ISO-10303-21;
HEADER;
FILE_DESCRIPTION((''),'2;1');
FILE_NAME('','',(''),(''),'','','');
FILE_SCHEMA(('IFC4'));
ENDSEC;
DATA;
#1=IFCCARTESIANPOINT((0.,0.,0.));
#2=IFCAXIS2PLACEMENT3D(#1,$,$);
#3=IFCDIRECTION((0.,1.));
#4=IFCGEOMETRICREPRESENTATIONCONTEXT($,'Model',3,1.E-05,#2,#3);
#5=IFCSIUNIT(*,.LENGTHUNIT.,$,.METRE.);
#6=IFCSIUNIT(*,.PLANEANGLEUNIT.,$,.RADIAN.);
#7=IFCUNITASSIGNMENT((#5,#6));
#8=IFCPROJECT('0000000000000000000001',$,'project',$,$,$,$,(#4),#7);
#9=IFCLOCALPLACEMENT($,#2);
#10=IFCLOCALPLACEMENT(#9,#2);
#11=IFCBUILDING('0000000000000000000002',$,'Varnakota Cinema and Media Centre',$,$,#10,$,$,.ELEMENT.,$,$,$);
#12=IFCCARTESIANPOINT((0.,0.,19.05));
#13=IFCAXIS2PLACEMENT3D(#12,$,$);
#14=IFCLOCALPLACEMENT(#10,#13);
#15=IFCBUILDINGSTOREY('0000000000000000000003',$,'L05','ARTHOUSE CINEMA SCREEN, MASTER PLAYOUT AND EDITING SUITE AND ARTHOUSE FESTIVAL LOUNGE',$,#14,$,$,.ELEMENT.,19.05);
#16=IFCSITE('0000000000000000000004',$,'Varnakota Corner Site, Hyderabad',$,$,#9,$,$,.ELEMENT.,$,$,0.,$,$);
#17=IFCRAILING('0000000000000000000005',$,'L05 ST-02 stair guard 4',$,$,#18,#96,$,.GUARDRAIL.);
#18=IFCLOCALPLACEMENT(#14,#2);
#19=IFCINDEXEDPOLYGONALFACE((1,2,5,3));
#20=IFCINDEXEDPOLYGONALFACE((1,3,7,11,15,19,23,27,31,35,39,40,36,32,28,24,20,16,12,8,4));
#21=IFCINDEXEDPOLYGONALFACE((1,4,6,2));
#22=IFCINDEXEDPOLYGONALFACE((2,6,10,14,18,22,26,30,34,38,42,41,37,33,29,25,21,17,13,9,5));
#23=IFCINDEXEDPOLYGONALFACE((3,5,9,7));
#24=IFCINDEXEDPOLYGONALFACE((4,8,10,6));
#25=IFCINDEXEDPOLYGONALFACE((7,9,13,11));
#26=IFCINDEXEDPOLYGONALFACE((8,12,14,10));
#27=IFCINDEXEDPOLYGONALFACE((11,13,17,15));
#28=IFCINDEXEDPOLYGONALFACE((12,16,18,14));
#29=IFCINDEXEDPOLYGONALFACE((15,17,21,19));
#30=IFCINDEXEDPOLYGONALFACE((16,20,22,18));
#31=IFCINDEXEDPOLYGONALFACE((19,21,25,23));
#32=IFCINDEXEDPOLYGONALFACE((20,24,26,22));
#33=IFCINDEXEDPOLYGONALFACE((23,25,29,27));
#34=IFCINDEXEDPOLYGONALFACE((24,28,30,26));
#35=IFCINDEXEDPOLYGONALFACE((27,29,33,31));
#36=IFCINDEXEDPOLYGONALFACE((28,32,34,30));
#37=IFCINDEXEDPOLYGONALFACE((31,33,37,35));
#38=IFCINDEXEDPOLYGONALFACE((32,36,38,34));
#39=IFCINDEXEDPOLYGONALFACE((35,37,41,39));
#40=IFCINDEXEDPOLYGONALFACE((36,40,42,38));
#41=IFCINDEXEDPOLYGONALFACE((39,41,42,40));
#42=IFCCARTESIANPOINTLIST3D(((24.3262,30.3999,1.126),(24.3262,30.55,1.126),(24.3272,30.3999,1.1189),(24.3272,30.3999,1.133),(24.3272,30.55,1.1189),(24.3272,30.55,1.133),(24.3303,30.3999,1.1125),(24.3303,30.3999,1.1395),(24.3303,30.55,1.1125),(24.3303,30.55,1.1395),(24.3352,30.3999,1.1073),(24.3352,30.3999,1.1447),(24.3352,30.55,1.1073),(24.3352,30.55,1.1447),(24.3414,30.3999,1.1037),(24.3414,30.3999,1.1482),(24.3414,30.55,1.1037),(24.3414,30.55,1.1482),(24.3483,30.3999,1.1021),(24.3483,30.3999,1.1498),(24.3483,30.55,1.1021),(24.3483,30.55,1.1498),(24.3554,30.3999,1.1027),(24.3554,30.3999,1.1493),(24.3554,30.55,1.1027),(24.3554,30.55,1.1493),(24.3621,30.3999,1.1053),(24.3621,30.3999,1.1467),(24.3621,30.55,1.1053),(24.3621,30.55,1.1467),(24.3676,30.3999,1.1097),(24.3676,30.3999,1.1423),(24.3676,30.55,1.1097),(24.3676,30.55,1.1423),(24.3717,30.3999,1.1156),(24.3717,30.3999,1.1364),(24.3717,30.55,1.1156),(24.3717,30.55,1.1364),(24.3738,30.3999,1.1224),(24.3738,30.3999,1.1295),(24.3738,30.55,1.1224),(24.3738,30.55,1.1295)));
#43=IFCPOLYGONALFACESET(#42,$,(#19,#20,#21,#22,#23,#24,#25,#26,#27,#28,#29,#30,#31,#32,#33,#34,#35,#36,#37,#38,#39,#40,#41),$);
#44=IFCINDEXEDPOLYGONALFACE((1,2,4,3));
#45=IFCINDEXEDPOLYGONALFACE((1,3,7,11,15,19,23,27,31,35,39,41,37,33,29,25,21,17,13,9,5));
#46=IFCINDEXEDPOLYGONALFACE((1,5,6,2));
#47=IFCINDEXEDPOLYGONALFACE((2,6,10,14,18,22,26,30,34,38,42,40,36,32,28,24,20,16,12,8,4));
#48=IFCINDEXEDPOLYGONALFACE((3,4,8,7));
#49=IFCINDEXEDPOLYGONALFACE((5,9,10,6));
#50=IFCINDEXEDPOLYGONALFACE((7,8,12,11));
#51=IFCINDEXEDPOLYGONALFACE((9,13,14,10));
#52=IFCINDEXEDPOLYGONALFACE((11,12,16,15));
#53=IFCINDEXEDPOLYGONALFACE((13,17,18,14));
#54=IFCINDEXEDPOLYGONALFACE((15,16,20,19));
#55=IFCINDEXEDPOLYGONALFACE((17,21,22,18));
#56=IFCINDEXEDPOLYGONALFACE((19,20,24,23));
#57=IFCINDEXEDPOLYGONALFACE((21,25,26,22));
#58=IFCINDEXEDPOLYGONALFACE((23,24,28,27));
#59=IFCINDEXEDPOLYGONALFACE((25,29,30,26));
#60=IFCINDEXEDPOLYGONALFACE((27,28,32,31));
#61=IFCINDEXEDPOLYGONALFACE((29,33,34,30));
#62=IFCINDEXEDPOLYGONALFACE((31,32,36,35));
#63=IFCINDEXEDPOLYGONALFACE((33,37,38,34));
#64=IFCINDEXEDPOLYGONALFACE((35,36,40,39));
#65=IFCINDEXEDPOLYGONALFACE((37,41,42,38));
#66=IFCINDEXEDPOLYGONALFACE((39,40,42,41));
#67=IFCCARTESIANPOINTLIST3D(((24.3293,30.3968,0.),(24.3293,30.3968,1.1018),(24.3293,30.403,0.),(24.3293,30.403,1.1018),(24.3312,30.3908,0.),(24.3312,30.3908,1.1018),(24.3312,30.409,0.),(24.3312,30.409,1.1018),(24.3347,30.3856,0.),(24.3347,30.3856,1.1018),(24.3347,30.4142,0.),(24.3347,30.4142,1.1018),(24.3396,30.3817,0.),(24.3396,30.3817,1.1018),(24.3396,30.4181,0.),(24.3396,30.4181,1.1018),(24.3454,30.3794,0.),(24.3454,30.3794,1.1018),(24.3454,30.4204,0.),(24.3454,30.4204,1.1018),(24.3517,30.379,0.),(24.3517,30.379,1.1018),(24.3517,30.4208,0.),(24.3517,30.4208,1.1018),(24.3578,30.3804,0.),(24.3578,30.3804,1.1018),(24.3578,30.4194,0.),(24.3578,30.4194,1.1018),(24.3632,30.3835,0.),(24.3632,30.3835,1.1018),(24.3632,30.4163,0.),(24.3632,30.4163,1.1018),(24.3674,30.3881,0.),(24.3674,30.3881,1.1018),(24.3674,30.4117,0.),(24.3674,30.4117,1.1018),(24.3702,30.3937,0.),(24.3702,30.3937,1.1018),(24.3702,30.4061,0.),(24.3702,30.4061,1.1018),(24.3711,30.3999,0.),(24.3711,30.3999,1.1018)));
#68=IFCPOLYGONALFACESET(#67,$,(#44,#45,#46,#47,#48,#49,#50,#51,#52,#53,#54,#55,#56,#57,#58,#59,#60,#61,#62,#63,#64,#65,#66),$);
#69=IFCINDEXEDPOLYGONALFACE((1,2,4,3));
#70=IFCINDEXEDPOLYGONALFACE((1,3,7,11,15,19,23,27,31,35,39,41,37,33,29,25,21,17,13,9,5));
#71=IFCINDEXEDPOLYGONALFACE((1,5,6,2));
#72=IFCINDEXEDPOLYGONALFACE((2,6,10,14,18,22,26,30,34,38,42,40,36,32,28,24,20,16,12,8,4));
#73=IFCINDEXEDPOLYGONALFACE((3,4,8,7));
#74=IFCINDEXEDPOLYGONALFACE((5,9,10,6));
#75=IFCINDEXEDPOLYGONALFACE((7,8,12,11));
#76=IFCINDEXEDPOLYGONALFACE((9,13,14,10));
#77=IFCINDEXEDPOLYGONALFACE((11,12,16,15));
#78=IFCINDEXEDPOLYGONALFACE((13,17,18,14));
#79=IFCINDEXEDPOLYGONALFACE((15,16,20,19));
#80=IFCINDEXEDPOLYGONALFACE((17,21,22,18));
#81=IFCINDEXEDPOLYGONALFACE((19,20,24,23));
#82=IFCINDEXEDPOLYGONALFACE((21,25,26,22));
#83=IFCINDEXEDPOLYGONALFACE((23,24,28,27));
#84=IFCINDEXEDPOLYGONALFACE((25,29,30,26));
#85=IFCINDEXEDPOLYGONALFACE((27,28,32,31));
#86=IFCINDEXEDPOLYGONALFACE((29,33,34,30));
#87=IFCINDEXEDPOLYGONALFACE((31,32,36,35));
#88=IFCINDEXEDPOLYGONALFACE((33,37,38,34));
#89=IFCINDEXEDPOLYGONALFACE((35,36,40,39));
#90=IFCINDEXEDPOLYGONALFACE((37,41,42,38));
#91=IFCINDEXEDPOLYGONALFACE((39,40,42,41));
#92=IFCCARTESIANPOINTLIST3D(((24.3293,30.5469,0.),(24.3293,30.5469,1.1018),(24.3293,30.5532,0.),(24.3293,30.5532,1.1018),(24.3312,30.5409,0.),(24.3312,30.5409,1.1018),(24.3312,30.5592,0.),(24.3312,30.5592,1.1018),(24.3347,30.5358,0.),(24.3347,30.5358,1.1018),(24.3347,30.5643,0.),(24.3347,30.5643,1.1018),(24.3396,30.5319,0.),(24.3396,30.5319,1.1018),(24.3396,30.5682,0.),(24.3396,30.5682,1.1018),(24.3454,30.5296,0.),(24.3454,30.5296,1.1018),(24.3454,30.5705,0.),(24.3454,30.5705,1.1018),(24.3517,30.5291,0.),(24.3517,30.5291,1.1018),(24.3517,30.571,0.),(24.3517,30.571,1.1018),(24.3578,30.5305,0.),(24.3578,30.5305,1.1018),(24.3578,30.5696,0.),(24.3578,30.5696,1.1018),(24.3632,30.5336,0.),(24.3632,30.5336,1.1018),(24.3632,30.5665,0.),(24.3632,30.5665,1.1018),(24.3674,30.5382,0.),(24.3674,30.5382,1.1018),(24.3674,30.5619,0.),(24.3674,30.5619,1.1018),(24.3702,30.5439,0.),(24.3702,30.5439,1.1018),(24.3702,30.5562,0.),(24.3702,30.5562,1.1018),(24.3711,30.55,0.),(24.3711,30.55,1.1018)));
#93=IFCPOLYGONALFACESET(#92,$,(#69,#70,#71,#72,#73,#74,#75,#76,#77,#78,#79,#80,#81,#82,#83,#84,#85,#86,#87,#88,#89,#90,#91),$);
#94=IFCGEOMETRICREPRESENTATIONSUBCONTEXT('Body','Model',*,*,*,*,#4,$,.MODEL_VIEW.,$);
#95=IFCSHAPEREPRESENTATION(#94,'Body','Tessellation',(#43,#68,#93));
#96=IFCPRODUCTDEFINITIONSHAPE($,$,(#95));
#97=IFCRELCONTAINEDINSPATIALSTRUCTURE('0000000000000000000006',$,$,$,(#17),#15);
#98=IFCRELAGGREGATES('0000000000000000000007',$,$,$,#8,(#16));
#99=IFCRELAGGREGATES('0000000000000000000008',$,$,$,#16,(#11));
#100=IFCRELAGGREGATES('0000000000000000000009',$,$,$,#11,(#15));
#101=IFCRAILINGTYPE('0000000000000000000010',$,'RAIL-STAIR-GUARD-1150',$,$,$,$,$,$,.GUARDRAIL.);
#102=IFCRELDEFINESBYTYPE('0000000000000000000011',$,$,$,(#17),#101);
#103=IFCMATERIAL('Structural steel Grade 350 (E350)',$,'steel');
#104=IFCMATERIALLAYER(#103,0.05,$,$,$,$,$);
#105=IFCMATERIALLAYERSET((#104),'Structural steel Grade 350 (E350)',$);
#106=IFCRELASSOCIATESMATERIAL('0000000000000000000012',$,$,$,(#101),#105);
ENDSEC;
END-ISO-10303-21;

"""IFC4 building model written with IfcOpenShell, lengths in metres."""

from ifc_helpers import new_model, si_unit, direction, frame, origin, origin_2d, place, context, subcontext, project, spatial, circle, extrude, material, layer, layer_set, type_object, element, save


model = new_model("IFC4")

# Units and contexts
model_context = context("Model", 3, precision=1e-05, world=origin(), true_north=direction((0.0, 1.0)))
body_context = subcontext(model_context, "Body", "Model", "MODEL_VIEW")
ifc_project = project(units=[si_unit("LENGTHUNIT", "METRE"), si_unit("PLANEANGLEUNIT", "RADIAN")], contexts=[model_context])

# Site, building, storey
site_placement = place(None, origin())
site = spatial("IfcSite", under=ifc_project, at=site_placement, Name="Varnakota Corner Site, Hyderabad", CompositionType="ELEMENT", RefElevation=0.0)
building_placement = place(site_placement, origin())
building = spatial("IfcBuilding", under=site, at=building_placement, Name="Varnakota Cinema and Media Centre", CompositionType="ELEMENT")
storey_placement = place(building_placement, frame((0.0, 0.0, 19.05)))
storey = spatial("IfcBuildingStorey", under=building, at=storey_placement, Name="L05", Description="ARTHOUSE CINEMA SCREEN, MASTER PLAYOUT AND EDITING SUITE AND ARTHOUSE FESTIVAL LOUNGE", CompositionType="ELEMENT", Elevation=19.05)

# Railing
ifc_material_1 = material(Name="Structural steel Grade 350 (E350)", Category="steel")
ifc_layer_1 = layer(ifc_material_1, 0.05)
ifc_layer_set_1 = layer_set([ifc_layer_1], Name="Structural steel Grade 350 (E350)")
railing_type_1 = type_object("IfcRailingType", Name="RAIL-STAIR-GUARD-1150", PredefinedType="GUARDRAIL", material=ifc_layer_set_1)
railing_1_placement = place(storey_placement, frame((24.3501, 30.3999, 0.0)))
element("IfcRailing", 1, at=railing_1_placement, inside=storey, type_object=railing_type_1, Name="L05 ST-02 stair guard 4", PredefinedType="GUARDRAIL", context=body_context, shape_type="SweptSolid", body=[
    extrude(circle(Radius=0.0239, at=origin_2d()), frame((0.0, 0.0, 1.126), z_axis=(0.0, 1.0, 0.0), x_axis=(-1.0, 0.0, 0.0)), (0.0, 0.0, 1.0), 0.1501),
    extrude(circle(Radius=0.021, at=origin_2d()), origin(), (0.0, 0.0, 1.0), 1.1018),
    extrude(circle(Radius=0.021, at=origin_2d()), frame((0.0, 0.1501, 0.0)), (0.0, 0.0, 1.0), 1.1018),
])

save(model, "model.ifc")
